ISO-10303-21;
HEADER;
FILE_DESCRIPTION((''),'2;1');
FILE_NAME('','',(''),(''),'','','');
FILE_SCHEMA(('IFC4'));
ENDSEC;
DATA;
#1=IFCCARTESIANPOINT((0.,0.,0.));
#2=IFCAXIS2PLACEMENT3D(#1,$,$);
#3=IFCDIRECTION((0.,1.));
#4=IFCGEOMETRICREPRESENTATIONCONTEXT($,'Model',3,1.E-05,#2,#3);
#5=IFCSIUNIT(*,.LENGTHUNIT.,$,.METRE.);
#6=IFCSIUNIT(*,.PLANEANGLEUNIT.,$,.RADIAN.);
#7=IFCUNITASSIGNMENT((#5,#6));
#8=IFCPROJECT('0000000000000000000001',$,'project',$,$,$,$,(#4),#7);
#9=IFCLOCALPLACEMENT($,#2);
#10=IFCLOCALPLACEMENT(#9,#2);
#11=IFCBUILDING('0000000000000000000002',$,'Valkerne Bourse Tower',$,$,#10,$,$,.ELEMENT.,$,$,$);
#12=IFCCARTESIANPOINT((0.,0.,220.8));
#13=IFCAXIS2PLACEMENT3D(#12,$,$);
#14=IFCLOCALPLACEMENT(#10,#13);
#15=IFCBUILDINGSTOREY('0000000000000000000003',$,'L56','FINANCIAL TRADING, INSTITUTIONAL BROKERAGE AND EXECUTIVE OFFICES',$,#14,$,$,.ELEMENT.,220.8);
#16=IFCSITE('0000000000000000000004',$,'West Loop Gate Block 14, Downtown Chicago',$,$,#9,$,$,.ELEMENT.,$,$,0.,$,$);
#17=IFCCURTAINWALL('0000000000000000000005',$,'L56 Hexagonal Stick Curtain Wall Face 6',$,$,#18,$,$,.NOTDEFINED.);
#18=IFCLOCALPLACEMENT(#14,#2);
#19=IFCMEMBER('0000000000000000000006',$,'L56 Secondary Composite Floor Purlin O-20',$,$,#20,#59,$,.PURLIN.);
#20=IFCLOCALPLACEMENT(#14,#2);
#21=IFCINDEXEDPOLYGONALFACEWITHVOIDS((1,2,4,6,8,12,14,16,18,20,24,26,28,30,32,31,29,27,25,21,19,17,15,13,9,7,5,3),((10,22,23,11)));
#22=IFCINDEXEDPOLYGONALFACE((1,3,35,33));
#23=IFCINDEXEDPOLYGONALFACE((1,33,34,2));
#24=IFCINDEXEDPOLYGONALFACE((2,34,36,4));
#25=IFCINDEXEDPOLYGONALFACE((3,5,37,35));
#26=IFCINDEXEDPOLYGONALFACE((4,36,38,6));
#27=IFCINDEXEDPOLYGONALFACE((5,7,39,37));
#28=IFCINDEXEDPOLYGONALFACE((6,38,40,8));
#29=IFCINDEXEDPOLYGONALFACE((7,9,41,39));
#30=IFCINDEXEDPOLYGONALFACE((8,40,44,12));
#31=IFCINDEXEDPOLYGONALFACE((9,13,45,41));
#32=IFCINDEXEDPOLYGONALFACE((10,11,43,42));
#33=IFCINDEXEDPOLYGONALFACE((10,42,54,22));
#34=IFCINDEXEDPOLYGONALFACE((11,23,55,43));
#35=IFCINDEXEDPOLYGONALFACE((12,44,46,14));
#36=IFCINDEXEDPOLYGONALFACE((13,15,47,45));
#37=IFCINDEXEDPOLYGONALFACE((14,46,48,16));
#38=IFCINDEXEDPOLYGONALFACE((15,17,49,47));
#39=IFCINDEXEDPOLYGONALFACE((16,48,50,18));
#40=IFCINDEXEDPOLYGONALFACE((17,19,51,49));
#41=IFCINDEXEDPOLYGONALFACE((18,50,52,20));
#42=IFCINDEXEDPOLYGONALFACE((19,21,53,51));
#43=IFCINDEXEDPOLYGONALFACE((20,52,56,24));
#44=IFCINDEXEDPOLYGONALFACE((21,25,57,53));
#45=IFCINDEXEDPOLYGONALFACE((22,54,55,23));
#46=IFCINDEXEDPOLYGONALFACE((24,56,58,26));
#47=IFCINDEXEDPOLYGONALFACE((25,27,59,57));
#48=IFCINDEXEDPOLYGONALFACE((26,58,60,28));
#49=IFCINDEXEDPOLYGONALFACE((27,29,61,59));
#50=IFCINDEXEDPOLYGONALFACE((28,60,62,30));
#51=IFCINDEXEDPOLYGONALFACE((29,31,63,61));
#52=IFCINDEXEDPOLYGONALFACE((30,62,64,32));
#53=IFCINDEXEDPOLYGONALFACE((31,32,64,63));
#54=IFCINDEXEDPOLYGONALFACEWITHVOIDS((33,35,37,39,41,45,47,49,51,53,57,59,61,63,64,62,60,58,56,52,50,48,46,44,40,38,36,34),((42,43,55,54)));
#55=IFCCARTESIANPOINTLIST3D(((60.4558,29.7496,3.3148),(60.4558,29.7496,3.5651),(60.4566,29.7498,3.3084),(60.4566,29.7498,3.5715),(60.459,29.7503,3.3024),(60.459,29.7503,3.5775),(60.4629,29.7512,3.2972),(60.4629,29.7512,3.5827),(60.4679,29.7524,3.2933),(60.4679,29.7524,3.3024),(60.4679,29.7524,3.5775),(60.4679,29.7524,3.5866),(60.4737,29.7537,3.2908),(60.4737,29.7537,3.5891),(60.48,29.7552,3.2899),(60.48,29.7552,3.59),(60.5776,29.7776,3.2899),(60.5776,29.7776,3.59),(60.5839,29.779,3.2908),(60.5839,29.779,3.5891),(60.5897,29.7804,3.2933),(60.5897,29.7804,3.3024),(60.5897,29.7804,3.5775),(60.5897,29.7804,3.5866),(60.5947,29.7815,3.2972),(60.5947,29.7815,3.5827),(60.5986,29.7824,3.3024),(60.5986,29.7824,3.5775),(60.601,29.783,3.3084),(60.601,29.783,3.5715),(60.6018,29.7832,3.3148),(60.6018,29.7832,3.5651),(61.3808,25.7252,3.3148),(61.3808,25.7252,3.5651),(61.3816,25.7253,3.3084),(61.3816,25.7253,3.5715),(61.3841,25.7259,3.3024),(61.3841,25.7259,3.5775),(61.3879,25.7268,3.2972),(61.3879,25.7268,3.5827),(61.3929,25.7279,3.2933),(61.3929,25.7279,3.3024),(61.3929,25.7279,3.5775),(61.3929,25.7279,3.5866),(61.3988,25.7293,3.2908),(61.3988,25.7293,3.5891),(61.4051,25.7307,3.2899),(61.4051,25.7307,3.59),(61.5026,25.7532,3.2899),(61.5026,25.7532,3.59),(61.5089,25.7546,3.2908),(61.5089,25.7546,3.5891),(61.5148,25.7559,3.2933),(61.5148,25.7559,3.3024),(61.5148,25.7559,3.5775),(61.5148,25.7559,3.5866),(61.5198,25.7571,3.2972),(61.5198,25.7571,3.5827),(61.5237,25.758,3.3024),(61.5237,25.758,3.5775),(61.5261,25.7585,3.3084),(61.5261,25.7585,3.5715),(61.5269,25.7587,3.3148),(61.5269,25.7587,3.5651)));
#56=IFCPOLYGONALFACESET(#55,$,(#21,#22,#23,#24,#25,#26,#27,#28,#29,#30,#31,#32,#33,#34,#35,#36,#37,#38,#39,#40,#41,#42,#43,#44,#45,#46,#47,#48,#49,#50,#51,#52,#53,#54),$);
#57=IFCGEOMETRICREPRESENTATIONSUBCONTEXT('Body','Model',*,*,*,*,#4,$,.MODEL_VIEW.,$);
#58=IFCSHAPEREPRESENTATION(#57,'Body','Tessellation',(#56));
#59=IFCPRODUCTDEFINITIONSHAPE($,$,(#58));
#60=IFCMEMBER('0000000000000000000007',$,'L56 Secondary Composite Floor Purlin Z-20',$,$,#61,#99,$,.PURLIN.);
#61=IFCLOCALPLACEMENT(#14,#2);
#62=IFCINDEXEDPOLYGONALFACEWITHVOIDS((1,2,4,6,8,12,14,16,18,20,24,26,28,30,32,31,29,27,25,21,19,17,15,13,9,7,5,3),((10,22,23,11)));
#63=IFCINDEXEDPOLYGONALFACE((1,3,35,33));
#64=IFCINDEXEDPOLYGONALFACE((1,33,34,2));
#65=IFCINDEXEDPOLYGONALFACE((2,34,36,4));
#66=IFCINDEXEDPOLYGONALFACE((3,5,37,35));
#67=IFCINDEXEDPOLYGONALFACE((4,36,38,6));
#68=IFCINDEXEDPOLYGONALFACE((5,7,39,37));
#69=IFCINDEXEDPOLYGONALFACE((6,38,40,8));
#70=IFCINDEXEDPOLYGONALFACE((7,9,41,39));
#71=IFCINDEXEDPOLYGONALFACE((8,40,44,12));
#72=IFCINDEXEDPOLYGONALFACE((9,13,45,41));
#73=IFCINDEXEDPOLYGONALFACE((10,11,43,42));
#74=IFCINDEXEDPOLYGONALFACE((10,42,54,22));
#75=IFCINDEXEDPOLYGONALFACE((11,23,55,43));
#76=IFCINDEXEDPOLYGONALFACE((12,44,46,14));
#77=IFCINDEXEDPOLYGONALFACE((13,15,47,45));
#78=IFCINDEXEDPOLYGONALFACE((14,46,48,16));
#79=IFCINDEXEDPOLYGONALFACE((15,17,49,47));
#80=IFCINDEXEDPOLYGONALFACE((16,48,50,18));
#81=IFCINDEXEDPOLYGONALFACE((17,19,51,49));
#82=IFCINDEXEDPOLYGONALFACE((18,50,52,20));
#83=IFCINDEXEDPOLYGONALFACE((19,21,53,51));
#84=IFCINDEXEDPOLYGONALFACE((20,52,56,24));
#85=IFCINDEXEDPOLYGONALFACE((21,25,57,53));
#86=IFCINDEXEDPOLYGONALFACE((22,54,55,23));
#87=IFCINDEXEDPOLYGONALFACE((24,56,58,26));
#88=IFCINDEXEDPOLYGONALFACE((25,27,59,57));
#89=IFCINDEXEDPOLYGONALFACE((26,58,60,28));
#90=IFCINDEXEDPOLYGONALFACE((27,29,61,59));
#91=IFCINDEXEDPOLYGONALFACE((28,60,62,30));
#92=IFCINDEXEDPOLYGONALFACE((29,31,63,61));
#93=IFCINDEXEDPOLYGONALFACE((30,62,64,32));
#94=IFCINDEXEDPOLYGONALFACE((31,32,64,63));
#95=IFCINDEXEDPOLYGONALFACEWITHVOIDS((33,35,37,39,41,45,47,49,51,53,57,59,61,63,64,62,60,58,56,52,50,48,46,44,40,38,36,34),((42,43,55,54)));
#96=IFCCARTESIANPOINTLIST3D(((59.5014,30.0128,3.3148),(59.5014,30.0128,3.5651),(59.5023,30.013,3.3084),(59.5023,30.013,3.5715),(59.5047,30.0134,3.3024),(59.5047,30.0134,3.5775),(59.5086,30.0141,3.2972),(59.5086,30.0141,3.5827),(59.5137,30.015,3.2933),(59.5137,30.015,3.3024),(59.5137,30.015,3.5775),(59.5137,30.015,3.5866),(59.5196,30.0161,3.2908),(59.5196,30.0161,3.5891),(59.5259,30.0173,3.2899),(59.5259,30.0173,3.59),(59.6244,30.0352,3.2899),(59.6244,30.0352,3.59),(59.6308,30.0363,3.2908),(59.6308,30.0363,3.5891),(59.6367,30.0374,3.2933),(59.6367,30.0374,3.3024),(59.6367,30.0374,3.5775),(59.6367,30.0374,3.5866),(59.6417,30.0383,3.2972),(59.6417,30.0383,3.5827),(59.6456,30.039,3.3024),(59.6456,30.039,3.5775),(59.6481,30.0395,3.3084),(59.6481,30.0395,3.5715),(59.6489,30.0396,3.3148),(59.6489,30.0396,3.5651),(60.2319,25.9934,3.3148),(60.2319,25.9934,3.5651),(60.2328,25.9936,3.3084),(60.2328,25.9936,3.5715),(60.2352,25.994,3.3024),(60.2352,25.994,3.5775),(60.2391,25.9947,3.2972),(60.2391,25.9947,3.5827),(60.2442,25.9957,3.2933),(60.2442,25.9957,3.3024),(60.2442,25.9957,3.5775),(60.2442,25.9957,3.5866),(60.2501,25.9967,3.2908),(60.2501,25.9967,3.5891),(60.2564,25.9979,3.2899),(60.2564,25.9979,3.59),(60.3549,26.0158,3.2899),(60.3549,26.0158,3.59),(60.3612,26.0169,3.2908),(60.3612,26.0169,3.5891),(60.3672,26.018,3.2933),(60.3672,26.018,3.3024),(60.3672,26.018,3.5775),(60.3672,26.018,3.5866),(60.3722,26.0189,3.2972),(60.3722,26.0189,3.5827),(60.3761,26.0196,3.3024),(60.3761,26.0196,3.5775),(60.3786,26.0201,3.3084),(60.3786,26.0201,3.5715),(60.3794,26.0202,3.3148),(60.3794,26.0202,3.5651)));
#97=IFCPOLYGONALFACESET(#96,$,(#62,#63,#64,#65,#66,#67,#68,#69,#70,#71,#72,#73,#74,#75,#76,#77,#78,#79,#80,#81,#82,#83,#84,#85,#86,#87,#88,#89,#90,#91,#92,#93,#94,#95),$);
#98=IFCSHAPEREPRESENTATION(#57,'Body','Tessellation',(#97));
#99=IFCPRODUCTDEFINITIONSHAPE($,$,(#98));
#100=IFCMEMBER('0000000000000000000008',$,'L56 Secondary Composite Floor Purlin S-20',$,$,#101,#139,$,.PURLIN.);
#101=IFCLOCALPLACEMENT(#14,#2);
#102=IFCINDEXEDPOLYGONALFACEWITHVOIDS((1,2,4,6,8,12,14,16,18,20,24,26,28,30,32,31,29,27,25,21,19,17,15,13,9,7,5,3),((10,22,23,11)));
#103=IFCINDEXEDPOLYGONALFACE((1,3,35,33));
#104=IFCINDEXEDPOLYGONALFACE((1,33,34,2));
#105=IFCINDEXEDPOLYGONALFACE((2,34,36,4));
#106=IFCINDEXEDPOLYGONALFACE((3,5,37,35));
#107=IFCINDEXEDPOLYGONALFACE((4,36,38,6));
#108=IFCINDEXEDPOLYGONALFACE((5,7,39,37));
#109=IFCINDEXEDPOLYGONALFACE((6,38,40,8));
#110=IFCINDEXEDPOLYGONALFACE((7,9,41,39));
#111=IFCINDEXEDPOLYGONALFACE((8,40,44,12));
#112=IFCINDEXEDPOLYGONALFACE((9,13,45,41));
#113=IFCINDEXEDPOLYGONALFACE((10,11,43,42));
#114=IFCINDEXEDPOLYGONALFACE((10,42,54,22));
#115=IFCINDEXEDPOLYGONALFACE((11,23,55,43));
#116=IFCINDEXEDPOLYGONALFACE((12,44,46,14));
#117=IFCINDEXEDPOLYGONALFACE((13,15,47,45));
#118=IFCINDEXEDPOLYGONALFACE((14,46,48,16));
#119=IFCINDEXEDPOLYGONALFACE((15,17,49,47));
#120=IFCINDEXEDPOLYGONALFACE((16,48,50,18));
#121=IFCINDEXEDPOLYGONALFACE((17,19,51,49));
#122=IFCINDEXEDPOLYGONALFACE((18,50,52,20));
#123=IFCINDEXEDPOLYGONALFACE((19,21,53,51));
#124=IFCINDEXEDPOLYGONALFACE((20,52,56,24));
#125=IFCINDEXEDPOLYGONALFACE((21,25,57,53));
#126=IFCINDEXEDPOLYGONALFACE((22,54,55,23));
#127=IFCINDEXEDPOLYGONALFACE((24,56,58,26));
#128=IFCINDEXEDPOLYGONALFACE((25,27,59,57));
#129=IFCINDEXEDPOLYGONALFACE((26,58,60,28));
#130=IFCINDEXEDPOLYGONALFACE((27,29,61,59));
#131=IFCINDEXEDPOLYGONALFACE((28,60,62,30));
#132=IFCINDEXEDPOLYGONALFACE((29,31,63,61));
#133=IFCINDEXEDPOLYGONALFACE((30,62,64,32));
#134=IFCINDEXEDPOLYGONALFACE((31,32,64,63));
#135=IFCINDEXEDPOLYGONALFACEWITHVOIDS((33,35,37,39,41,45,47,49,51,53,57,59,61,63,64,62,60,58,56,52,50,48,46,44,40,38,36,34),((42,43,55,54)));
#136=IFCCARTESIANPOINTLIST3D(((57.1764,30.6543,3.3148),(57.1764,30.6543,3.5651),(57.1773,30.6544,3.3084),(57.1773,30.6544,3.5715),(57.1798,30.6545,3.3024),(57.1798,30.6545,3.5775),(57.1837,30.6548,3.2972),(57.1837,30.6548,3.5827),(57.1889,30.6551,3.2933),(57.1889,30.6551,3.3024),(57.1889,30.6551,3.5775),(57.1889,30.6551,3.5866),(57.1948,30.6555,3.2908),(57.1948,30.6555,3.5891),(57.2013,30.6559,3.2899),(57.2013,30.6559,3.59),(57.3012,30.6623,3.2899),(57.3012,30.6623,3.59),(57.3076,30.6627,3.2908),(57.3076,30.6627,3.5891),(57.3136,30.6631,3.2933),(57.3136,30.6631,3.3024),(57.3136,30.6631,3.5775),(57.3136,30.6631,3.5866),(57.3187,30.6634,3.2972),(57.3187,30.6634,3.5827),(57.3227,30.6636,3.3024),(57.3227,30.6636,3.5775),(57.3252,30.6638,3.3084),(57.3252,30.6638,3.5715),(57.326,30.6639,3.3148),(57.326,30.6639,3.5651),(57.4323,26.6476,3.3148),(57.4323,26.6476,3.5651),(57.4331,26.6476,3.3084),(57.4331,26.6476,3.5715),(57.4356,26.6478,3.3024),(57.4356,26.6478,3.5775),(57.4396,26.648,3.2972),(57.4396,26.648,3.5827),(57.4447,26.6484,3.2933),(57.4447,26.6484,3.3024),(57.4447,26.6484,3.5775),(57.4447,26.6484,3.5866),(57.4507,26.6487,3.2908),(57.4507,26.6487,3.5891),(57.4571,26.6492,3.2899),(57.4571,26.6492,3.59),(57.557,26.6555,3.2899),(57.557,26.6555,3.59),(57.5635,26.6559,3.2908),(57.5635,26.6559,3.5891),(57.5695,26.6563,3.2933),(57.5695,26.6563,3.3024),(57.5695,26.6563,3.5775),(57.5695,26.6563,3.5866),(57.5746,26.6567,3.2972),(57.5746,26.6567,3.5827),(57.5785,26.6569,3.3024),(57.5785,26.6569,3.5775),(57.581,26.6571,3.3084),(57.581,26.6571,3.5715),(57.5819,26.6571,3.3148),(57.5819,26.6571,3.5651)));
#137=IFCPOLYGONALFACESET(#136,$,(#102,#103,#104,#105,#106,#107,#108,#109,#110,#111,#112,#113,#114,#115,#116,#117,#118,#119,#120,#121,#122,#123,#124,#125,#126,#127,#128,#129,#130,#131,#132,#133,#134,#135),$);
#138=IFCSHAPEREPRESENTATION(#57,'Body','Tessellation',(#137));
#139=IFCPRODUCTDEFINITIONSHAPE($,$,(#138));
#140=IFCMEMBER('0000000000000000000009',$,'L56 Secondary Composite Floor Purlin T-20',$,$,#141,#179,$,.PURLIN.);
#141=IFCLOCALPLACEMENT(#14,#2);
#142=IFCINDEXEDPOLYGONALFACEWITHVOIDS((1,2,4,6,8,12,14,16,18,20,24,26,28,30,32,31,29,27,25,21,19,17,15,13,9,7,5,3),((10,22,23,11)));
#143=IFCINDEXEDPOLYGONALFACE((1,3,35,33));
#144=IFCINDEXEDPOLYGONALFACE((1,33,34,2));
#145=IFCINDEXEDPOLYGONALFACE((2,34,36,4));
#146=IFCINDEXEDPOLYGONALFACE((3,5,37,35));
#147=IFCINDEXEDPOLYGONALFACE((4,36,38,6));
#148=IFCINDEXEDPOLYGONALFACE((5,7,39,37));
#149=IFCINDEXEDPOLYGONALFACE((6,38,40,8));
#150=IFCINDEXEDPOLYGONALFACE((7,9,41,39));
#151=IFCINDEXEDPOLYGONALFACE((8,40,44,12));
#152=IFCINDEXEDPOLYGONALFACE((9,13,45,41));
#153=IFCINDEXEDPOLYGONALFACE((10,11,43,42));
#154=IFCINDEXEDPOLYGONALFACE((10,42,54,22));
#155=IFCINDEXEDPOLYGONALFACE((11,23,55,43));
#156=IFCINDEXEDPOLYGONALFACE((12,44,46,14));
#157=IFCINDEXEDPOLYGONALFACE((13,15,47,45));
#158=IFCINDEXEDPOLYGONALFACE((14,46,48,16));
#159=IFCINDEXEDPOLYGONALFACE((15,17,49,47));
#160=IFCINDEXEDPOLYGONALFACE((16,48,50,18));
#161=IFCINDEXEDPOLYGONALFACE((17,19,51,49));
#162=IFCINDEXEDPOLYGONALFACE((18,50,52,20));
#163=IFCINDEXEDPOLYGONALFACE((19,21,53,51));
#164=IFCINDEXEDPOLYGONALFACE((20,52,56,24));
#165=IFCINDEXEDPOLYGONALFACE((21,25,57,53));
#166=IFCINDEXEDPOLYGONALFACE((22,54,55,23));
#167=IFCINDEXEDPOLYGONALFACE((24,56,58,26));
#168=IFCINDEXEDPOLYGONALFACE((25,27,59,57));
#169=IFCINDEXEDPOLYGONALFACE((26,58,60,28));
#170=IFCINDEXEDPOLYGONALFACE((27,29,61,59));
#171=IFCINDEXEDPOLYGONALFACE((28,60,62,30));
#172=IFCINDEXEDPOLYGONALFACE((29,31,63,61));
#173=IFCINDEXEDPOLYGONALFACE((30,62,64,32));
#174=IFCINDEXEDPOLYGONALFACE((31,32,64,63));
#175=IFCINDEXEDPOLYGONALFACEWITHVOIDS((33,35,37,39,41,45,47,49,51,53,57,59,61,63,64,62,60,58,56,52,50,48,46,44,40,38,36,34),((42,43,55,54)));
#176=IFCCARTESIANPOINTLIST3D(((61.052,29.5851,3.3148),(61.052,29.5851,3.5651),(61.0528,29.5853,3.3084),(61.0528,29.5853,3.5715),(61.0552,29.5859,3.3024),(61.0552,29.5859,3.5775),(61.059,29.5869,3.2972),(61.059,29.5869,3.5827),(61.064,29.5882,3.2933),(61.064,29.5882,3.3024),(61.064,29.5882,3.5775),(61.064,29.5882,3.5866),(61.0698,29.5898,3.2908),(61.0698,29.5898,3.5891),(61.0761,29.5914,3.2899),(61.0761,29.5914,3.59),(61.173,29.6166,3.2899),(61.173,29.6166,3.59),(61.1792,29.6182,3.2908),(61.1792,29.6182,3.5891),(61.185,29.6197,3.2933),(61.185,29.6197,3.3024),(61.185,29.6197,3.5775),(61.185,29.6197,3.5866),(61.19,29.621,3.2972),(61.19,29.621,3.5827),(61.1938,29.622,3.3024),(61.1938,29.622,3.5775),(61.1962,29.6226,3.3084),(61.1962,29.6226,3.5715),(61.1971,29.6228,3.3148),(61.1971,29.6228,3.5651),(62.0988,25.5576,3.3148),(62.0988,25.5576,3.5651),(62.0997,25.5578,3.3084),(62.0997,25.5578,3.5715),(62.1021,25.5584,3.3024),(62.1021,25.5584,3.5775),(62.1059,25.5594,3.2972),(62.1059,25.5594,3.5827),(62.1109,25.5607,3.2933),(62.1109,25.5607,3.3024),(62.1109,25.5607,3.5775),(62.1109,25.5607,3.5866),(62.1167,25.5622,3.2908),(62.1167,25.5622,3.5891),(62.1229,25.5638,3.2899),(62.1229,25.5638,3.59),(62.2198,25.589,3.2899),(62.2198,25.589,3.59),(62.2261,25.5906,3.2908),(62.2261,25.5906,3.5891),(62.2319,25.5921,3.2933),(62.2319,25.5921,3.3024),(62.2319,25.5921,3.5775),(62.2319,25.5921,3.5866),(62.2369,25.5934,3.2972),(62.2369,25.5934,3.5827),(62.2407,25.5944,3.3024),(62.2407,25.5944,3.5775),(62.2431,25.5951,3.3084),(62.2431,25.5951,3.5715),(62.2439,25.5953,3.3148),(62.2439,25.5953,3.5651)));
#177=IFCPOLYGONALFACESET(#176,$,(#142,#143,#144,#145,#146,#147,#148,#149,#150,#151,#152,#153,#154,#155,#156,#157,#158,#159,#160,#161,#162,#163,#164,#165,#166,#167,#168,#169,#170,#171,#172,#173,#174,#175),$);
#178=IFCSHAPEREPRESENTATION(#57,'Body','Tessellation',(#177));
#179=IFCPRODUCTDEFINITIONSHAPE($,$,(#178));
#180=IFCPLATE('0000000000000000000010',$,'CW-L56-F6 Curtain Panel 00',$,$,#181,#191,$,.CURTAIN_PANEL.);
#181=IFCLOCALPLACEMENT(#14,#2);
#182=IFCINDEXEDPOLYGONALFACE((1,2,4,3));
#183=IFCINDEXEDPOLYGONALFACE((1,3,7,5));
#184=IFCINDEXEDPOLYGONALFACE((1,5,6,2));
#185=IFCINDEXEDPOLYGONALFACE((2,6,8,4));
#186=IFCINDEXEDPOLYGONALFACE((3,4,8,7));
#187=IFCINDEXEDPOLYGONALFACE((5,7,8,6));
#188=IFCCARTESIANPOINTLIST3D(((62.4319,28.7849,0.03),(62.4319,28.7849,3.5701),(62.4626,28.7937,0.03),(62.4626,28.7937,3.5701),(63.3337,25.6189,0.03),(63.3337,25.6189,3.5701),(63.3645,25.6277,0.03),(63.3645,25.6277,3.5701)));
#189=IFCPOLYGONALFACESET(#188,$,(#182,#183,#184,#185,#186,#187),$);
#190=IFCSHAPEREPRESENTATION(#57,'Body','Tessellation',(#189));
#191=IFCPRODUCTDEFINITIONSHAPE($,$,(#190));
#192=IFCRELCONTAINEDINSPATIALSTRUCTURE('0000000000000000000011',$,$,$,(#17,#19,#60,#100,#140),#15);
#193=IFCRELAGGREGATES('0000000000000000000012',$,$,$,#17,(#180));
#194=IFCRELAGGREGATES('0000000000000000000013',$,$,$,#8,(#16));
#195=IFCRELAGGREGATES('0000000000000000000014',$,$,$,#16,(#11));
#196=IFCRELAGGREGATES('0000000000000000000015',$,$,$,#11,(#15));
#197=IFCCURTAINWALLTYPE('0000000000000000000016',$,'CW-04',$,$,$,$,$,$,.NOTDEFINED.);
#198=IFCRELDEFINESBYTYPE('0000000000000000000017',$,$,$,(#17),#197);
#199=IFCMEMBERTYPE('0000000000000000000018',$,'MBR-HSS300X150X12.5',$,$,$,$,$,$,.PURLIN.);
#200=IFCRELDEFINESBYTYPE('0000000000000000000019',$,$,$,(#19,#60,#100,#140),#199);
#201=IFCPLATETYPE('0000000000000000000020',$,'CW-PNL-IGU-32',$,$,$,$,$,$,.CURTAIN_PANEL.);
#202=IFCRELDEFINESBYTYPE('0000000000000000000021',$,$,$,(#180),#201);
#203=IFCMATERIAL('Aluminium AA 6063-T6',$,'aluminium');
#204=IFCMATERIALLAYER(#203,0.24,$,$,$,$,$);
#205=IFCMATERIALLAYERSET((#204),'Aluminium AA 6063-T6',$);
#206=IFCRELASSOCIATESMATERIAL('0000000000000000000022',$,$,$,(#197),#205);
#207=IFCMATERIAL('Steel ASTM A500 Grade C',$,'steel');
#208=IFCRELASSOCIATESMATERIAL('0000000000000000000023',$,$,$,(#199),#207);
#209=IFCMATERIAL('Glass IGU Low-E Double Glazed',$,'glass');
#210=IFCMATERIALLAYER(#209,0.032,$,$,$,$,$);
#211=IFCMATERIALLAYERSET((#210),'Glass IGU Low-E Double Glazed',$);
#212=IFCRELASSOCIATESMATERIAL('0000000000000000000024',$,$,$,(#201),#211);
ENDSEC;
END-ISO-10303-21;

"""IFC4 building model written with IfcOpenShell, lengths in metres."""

from ifc_helpers import new_model, si_unit, direction, frame, origin, origin_2d, place, context, subcontext, project, spatial, rectangle, hollow_rectangle, extrude, material, layer, layer_set, material_profile, profile_set, type_object, element, aggregate, save


model = new_model("IFC4")

# Units and contexts
model_context = context("Model", 3, precision=1e-05, world=origin(), true_north=direction((0.0, 1.0)))
body_context = subcontext(model_context, "Body", "Model", "MODEL_VIEW")
ifc_project = project(units=[si_unit("LENGTHUNIT", "METRE"), si_unit("PLANEANGLEUNIT", "RADIAN")], contexts=[model_context])

# Site, building, storey
site_placement = place(None, origin())
site = spatial("IfcSite", under=ifc_project, at=site_placement, Name="West Loop Gate Block 14, Downtown Chicago", CompositionType="ELEMENT", RefElevation=0.0)
building_placement = place(site_placement, origin())
building = spatial("IfcBuilding", under=site, at=building_placement, Name="Valkerne Bourse Tower", CompositionType="ELEMENT")
storey_placement = place(building_placement, frame((0.0, 0.0, 220.8)))
storey = spatial("IfcBuildingStorey", under=building, at=storey_placement, Name="L56", Description="FINANCIAL TRADING, INSTITUTIONAL BROKERAGE AND EXECUTIVE OFFICES", CompositionType="ELEMENT", Elevation=220.8)

# Curtain wall
ifc_material_1 = material(Name="Aluminium AA 6063-T6", Category="aluminium")
ifc_layer_1 = layer(ifc_material_1, 0.24)
ifc_layer_set_1 = layer_set([ifc_layer_1], Name="Aluminium AA 6063-T6")
curtain_wall_type = type_object("IfcCurtainWallType", Name="CW-04", PredefinedType="NOTDEFINED", material=ifc_layer_set_1)
curtain_wall_placement = place(storey_placement, origin())
curtain_wall = element("IfcCurtainWall", 1, at=curtain_wall_placement, inside=storey, type_object=curtain_wall_type, Name="L56 Hexagonal Stick Curtain Wall Face 6", PredefinedType="NOTDEFINED")

# Members
ifc_material_2 = material(Name="Steel ASTM A500 Grade C", Category="steel")
ifc_material_profile_1 = material_profile(ifc_material_2, hollow_rectangle(XDim=0.1499, YDim=0.3, WallThickness=0.0125, OuterFilletRadius=0.0249, at=origin_2d()), Name="HSS300X150X12.5")
ifc_profile_set_1 = profile_set([ifc_material_profile_1], Name="Steel ASTM A500 Grade C")
member_type_1 = type_object("IfcMemberType", Name="MBR-HSS300X150X12.5", PredefinedType="PURLIN", material=ifc_profile_set_1)
member_1_placement = place(storey_placement, frame((61.4539, 25.7419, 3.4399), z_axis=(-0.224017, 0.974585, 0.0), x_axis=(-0.974585, -0.224017, 0.0)))
element("IfcMember", 2, at=member_1_placement, inside=storey, type_object=member_type_1, Name="L56 Secondary Composite Floor Purlin O-20", PredefinedType="PURLIN", context=body_context, shape_type="SweptSolid", body=[
    extrude(hollow_rectangle(XDim=0.1499, YDim=0.3, WallThickness=0.0125, OuterFilletRadius=0.0249, at=origin_2d()), origin(), (0.0, 0.0, 1.0), 4.1294),
])
member_2_placement = place(storey_placement, frame((60.3057, 26.0068, 3.4399), z_axis=(-0.178812, 0.983883, 0.0), x_axis=(-0.983883, -0.178812, 0.0)))
element("IfcMember", 3, at=member_2_placement, inside=storey, type_object=member_type_1, Name="L56 Secondary Composite Floor Purlin Z-20", PredefinedType="PURLIN", context=body_context, shape_type="SweptSolid", body=[
    extrude(hollow_rectangle(XDim=0.1499, YDim=0.3, WallThickness=0.0125, OuterFilletRadius=0.0249, at=origin_2d()), origin(), (0.0, 0.0, 1.0), 4.0852),
])
member_3_placement = place(storey_placement, frame((57.5071, 26.6523, 3.4399), z_axis=(-0.063726, 0.997967, 0.0), x_axis=(-0.997967, -0.063726, 0.0)))
element("IfcMember", 4, at=member_3_placement, inside=storey, type_object=member_type_1, Name="L56 Secondary Composite Floor Purlin S-20", PredefinedType="PURLIN", context=body_context, shape_type="SweptSolid", body=[
    extrude(hollow_rectangle(XDim=0.1499, YDim=0.3, WallThickness=0.0125, OuterFilletRadius=0.0249, at=origin_2d()), origin(), (0.0, 0.0, 1.0), 4.0149),
])
member_4_placement = place(storey_placement, frame((62.1714, 25.5764, 3.4399), z_axis=(-0.251567, 0.96784, 0.0), x_axis=(-0.96784, -0.251567, 0.0)))
element("IfcMember", 5, at=member_4_placement, inside=storey, type_object=member_type_1, Name="L56 Secondary Composite Floor Purlin T-20", PredefinedType="PURLIN", context=body_context, shape_type="SweptSolid", body=[
    extrude(hollow_rectangle(XDim=0.1499, YDim=0.3, WallThickness=0.0125, OuterFilletRadius=0.0249, at=origin_2d()), origin(), (0.0, 0.0, 1.0), 4.1614),
])

# Plate
ifc_material_3 = material(Name="Glass IGU Low-E Double Glazed", Category="glass")
ifc_layer_2 = layer(ifc_material_3, 0.032)
ifc_layer_set_2 = layer_set([ifc_layer_2], Name="Glass IGU Low-E Double Glazed")
plate_type_1 = type_object("IfcPlateType", Name="CW-PNL-IGU-32", PredefinedType="CURTAIN_PANEL", material=ifc_layer_set_2)
plate_1_placement = place(storey_placement, frame((62.8982, 27.2063, 0.03), z_axis=(0.0, 0.0, 1.0), x_axis=(-0.273959, 0.961741, 0.0)))
plate_1 = element("IfcPlate", 6, at=plate_1_placement, type_object=plate_type_1, Name="CW-L56-F6 Curtain Panel 00", PredefinedType="CURTAIN_PANEL", context=body_context, shape_type="SweptSolid", body=[
    extrude(rectangle(XDim=3.292, YDim=0.032, at=origin_2d()), origin(), (0.0, 0.0, 1.0), 3.54),
])
aggregate(curtain_wall, [plate_1])

save(model, "model.ifc")
